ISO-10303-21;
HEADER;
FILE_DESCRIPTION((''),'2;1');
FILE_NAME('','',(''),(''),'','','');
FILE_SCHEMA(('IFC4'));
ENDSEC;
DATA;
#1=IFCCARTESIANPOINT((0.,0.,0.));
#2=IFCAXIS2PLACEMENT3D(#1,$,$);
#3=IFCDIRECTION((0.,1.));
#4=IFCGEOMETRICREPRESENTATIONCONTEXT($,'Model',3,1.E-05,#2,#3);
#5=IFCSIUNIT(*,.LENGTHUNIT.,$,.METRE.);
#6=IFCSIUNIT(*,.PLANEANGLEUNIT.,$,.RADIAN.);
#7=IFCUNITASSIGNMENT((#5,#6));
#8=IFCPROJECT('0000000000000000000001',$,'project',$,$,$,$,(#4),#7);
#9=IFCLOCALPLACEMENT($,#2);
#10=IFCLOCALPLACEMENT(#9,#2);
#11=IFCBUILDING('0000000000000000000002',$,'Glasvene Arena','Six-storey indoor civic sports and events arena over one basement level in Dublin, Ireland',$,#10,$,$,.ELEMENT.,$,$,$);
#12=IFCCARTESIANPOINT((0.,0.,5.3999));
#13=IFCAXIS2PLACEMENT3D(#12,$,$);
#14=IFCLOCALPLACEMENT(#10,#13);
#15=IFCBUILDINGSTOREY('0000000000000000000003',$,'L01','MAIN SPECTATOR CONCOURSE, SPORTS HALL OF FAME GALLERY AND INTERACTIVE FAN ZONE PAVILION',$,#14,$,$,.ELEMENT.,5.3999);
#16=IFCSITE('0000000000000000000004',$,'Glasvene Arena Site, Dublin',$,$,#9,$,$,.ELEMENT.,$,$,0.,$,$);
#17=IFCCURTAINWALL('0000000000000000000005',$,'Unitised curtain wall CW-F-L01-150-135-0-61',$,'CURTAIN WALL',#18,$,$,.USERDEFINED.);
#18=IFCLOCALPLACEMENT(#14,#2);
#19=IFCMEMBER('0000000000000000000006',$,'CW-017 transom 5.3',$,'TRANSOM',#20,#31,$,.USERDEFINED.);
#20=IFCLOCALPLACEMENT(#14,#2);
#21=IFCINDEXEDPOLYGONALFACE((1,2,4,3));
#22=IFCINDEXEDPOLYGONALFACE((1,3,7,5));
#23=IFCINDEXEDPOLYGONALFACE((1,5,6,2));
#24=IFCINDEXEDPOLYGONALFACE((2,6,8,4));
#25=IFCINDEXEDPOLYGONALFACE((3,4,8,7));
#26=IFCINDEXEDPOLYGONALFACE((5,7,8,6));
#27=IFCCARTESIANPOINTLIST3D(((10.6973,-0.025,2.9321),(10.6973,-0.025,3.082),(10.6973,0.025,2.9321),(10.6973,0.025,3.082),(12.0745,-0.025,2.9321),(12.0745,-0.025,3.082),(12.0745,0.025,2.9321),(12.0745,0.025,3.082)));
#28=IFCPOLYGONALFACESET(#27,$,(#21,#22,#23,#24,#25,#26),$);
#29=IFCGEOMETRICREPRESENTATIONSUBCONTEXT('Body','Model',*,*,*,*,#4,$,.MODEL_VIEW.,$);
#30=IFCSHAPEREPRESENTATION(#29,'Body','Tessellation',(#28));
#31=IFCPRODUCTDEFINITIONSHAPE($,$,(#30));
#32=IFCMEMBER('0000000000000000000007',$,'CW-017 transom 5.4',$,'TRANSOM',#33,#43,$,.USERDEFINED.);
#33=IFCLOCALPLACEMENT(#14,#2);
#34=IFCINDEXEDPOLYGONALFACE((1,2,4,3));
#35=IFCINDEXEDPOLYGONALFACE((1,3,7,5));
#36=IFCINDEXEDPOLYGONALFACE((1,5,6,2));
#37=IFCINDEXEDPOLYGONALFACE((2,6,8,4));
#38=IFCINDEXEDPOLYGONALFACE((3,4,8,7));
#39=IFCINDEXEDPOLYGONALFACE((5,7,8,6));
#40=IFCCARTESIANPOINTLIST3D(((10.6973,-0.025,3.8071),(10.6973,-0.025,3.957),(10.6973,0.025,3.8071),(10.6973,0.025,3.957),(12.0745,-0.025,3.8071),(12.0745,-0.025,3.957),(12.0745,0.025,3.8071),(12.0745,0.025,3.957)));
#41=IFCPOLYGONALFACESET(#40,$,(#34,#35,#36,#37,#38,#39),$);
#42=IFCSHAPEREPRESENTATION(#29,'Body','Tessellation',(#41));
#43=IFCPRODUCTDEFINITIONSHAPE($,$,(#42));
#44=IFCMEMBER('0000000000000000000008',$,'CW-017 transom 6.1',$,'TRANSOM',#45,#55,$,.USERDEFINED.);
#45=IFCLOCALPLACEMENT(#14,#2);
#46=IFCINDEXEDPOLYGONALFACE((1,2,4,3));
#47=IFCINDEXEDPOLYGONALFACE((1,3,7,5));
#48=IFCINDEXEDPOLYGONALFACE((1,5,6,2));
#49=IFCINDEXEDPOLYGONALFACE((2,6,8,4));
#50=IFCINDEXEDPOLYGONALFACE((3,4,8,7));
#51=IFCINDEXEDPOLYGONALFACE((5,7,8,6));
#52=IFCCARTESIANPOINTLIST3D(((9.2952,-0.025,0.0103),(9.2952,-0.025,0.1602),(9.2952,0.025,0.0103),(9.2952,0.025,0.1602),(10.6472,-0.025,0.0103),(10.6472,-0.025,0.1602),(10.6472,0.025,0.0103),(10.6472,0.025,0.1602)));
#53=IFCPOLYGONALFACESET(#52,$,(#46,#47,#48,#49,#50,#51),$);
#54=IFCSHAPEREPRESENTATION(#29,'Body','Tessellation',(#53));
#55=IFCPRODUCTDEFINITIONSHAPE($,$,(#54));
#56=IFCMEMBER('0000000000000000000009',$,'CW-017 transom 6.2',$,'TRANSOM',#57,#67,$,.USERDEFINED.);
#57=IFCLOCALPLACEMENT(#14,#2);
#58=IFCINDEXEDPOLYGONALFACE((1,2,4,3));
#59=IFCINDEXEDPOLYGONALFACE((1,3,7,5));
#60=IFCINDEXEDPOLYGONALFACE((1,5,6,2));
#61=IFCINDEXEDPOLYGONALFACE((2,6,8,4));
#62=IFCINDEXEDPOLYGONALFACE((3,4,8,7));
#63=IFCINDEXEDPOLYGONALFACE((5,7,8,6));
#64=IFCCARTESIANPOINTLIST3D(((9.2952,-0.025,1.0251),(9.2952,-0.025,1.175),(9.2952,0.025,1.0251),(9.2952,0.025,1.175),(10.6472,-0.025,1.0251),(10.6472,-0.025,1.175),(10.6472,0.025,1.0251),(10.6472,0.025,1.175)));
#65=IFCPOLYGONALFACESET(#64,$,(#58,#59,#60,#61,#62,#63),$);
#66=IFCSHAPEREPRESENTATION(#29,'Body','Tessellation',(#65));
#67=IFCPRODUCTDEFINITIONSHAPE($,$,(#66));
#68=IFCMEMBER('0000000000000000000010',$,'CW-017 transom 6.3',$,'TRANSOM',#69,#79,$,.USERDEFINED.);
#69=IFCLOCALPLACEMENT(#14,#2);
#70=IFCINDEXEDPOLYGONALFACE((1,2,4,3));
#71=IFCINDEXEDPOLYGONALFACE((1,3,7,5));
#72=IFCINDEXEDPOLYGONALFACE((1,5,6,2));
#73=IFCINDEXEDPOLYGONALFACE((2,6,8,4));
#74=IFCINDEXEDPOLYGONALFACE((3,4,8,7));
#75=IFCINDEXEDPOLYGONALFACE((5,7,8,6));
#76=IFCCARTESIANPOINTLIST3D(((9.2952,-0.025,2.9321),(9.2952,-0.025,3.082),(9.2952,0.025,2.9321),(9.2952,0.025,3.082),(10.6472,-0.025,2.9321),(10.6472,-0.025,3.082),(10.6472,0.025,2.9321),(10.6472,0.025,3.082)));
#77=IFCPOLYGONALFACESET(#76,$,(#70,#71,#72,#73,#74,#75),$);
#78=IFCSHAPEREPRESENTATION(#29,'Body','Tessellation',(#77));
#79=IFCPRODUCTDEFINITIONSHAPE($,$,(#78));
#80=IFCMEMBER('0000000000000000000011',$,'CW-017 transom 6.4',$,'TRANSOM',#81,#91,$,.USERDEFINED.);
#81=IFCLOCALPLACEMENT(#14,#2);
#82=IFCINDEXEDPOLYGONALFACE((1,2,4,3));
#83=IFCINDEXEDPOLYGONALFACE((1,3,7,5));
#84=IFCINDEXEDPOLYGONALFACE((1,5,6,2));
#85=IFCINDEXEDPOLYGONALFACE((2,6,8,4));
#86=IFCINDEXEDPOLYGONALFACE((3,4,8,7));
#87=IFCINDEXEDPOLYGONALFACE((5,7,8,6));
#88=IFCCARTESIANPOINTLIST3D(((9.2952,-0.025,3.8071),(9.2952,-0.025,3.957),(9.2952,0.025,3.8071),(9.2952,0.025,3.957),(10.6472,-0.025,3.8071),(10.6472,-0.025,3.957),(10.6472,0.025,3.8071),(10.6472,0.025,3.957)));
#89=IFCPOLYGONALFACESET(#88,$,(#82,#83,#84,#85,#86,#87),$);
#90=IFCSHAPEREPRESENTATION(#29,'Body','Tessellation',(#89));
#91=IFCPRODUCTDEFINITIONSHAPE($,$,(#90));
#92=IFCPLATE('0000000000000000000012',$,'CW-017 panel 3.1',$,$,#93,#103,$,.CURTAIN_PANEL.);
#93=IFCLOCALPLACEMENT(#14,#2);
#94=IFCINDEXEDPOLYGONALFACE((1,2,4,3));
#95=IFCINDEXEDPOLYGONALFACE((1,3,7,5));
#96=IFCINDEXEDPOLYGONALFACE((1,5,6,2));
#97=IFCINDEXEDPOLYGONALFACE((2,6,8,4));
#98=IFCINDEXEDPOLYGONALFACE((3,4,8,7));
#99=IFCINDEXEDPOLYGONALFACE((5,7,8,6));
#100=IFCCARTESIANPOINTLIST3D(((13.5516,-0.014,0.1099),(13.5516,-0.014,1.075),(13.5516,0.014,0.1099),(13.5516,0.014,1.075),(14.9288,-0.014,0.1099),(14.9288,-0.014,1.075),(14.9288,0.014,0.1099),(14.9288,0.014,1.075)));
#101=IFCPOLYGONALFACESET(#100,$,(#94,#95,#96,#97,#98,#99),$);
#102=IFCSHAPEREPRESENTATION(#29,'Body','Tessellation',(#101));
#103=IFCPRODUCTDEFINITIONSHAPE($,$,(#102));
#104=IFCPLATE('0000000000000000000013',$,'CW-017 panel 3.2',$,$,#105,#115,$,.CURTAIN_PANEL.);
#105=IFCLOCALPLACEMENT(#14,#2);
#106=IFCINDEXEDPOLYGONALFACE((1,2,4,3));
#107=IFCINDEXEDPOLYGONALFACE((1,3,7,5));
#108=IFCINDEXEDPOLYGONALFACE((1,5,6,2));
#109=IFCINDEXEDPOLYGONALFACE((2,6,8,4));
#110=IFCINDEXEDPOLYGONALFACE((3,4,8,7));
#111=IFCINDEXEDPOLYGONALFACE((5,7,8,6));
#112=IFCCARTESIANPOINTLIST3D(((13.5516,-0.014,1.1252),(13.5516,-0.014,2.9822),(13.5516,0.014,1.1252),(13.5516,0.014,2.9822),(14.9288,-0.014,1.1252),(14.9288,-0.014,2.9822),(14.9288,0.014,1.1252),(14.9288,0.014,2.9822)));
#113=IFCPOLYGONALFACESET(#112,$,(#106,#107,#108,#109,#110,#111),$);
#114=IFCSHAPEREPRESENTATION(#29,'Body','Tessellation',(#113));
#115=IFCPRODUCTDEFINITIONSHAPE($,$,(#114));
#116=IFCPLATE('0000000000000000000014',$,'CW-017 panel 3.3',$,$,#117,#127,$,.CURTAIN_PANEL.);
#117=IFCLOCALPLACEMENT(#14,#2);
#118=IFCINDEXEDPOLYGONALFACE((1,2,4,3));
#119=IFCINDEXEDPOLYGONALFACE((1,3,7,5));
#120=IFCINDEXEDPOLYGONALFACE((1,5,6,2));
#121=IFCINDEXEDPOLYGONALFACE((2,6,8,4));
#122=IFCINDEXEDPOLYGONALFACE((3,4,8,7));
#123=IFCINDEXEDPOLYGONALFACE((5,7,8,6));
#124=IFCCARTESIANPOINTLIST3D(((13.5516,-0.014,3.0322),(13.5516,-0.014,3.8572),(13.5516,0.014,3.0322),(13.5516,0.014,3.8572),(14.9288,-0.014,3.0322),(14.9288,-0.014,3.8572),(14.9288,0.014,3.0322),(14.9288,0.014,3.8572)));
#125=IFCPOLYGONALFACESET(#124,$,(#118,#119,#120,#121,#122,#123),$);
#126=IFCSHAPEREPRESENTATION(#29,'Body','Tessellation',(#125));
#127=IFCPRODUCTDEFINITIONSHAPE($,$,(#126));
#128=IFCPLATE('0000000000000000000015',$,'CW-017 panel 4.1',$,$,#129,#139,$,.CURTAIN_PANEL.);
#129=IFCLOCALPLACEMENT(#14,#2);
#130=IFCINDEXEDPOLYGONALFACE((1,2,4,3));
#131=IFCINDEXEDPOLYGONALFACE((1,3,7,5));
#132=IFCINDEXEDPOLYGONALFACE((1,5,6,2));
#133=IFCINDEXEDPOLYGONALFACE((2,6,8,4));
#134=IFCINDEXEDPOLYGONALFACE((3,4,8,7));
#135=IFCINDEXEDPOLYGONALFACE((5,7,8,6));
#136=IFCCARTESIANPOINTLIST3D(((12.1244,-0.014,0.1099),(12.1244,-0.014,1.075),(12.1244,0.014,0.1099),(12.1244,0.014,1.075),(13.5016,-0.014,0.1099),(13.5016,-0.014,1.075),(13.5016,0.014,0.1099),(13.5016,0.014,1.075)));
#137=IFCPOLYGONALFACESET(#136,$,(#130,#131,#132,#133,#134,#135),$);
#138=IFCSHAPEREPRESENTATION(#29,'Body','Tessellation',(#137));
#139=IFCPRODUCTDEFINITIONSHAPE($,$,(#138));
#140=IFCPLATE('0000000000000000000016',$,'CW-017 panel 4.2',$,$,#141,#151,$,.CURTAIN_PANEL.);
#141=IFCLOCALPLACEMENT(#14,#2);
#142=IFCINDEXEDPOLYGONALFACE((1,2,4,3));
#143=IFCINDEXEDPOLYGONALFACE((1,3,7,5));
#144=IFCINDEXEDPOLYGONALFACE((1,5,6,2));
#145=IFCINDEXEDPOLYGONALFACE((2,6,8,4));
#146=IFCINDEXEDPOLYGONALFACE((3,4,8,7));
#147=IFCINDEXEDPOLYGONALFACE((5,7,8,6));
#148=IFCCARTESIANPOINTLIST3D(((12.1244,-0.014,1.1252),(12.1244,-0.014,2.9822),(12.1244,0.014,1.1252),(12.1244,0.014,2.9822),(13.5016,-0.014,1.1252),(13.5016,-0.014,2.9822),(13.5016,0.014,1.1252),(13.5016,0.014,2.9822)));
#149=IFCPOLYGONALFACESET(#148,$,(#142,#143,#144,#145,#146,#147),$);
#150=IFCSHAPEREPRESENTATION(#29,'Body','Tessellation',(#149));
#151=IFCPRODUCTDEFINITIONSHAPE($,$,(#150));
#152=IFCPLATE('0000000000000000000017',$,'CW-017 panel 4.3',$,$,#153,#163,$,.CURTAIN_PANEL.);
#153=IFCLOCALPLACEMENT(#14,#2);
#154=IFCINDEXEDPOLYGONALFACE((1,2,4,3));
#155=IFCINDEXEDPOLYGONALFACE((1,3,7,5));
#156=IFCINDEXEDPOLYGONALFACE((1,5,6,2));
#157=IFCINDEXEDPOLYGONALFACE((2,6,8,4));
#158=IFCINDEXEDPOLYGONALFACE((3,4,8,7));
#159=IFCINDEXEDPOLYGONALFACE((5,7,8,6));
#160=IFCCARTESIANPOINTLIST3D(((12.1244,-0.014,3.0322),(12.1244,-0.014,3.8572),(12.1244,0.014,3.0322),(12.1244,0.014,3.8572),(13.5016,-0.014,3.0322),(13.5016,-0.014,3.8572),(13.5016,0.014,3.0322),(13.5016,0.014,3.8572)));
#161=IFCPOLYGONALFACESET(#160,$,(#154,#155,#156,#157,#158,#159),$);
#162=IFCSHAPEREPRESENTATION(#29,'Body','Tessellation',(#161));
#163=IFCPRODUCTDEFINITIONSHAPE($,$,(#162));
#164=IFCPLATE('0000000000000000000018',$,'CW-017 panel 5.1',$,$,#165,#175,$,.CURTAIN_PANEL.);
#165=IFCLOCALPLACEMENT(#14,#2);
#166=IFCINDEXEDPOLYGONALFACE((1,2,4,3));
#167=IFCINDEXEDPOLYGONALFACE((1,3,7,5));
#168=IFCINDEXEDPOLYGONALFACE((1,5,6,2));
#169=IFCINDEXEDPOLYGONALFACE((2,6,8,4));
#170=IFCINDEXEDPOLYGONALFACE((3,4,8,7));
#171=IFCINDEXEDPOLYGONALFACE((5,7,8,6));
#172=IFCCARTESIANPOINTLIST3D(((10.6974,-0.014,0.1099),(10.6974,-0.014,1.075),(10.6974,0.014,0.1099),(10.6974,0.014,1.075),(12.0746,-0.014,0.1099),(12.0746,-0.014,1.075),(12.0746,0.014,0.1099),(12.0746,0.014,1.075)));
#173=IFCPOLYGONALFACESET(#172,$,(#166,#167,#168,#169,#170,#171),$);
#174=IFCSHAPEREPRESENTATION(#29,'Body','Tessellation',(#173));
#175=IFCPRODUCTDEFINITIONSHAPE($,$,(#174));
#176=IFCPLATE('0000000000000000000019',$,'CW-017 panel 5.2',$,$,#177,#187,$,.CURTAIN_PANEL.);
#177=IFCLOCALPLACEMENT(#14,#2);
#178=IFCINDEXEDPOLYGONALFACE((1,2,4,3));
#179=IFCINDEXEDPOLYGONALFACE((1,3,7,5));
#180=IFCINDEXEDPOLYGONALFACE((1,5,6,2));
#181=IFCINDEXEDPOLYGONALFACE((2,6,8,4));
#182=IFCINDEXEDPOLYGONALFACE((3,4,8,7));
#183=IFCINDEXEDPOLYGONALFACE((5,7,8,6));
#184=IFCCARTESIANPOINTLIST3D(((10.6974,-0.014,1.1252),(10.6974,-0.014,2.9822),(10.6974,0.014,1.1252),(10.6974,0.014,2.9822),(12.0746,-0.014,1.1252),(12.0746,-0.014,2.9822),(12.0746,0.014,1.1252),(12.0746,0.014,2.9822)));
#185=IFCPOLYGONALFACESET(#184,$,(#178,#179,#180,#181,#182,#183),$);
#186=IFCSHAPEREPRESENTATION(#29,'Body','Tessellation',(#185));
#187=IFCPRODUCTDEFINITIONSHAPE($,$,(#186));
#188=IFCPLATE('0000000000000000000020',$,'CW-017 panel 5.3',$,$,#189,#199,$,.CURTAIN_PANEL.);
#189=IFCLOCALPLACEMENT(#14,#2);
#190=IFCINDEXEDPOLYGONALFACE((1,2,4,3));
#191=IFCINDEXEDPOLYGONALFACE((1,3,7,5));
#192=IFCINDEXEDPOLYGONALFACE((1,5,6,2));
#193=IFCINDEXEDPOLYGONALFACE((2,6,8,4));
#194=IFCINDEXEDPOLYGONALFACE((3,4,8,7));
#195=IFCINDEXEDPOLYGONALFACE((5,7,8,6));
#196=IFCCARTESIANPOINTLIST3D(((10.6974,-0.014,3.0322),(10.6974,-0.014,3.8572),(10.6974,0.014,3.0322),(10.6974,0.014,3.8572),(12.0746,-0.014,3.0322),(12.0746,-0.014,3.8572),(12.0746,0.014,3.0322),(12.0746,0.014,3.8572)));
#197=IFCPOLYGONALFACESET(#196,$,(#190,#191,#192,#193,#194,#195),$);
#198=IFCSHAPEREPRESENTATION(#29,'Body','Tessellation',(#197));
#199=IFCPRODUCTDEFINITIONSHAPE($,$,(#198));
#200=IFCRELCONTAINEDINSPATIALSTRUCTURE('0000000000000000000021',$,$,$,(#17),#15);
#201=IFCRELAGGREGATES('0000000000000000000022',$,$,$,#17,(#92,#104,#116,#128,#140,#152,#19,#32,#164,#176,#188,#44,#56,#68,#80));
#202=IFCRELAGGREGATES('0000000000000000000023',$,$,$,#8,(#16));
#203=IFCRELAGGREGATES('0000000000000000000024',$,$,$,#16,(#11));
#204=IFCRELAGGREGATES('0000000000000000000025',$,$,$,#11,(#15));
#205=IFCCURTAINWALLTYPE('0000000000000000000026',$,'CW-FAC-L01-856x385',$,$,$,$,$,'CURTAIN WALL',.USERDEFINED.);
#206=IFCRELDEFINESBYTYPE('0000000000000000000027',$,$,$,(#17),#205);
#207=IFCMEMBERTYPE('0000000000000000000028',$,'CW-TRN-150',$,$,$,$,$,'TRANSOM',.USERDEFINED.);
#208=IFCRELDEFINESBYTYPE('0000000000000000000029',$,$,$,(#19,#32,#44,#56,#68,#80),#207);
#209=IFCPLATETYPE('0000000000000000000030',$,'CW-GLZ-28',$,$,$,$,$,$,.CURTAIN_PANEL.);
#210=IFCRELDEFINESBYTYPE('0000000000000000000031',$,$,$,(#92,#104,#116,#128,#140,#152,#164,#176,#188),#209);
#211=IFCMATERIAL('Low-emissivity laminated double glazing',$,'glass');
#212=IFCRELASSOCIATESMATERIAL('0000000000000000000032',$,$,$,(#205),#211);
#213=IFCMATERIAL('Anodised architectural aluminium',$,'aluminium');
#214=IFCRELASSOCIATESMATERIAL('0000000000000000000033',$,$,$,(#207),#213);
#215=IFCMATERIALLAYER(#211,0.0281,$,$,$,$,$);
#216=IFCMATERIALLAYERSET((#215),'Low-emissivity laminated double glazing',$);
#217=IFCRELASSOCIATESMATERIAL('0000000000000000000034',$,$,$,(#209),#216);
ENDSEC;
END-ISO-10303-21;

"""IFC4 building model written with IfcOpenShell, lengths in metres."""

from ifc_helpers import new_model, si_unit, direction, frame, origin, origin_2d, place, context, subcontext, project, spatial, rectangle, extrude, material, layer, layer_set, material_profile, profile_set, type_object, element, aggregate, save


model = new_model("IFC4")

# Units and contexts
model_context = context("Model", 3, precision=1e-05, world=origin(), true_north=direction((0.0, 1.0)))
body_context = subcontext(model_context, "Body", "Model", "MODEL_VIEW")
ifc_project = project(units=[si_unit("LENGTHUNIT", "METRE"), si_unit("PLANEANGLEUNIT", "RADIAN")], contexts=[model_context])

# Site, building, storey
site_placement = place(None, origin())
site = spatial("IfcSite", under=ifc_project, at=site_placement, Name="Glasvene Arena Site, Dublin", CompositionType="ELEMENT", RefElevation=0.0)
building_placement = place(site_placement, origin())
building = spatial("IfcBuilding", under=site, at=building_placement, Name="Glasvene Arena", Description="Six-storey indoor civic sports and events arena over one basement level in Dublin, Ireland", CompositionType="ELEMENT")
storey_placement = place(building_placement, frame((0.0, 0.0, 5.3999)))
storey = spatial("IfcBuildingStorey", under=building, at=storey_placement, Name="L01", Description="MAIN SPECTATOR CONCOURSE, SPORTS HALL OF FAME GALLERY AND INTERACTIVE FAN ZONE PAVILION", CompositionType="ELEMENT", Elevation=5.3999)

# Curtain wall, members, plates
ifc_material_1 = material(Name="Low-emissivity laminated double glazing", Category="glass")
curtain_wall_type = type_object("IfcCurtainWallType", Name="CW-FAC-L01-856x385", ElementType="CURTAIN WALL", PredefinedType="USERDEFINED", material=ifc_material_1)
curtain_wall_placement = place(storey_placement, frame((17.8081, 0.0, 0.0)))
curtain_wall = element("IfcCurtainWall", 1, at=curtain_wall_placement, inside=storey, type_object=curtain_wall_type, Name="Unitised curtain wall CW-F-L01-150-135-0-61", ObjectType="CURTAIN WALL", PredefinedType="USERDEFINED")
ifc_material_2 = material(Name="Anodised architectural aluminium", Category="aluminium")
ifc_material_profile_1 = material_profile(ifc_material_2, rectangle(XDim=0.05, YDim=0.1499, at=origin_2d()), Name="ALU TRANSOM 50x150")
ifc_profile_set_1 = profile_set([ifc_material_profile_1], Name="Anodised architectural aluminium")
member_type_1 = type_object("IfcMemberType", Name="CW-TRN-150", ElementType="TRANSOM", PredefinedType="USERDEFINED", material=ifc_profile_set_1)
member_1_placement = place(storey_placement, frame((12.0745, 0.0, 3.0071), z_axis=(-1.0, 0.0, 0.0), x_axis=(0.0, -1.0, 0.0)))
member_1 = element("IfcMember", 2, at=member_1_placement, type_object=member_type_1, Name="CW-017 transom 5.3", ObjectType="TRANSOM", PredefinedType="USERDEFINED", context=body_context, shape_type="SweptSolid", body=[
    extrude(rectangle(XDim=0.05, YDim=0.1499, at=origin_2d()), origin(), (0.0, 0.0, 1.0), 1.3772),
])
member_2_placement = place(storey_placement, frame((12.0745, 0.0, 3.8821), z_axis=(-1.0, 0.0, 0.0), x_axis=(0.0, -1.0, 0.0)))
member_2 = element("IfcMember", 3, at=member_2_placement, type_object=member_type_1, Name="CW-017 transom 5.4", ObjectType="TRANSOM", PredefinedType="USERDEFINED", context=body_context, shape_type="SweptSolid", body=[
    extrude(rectangle(XDim=0.05, YDim=0.1499, at=origin_2d()), origin(), (0.0, 0.0, 1.0), 1.3772),
])
member_3_placement = place(storey_placement, frame((10.6472, 0.0, 0.0852), z_axis=(-1.0, 0.0, 0.0), x_axis=(0.0, -1.0, 0.0)))
member_3 = element("IfcMember", 4, at=member_3_placement, type_object=member_type_1, Name="CW-017 transom 6.1", ObjectType="TRANSOM", PredefinedType="USERDEFINED", context=body_context, shape_type="SweptSolid", body=[
    extrude(rectangle(XDim=0.05, YDim=0.1499, at=origin_2d()), origin(), (0.0, 0.0, 1.0), 1.3521),
])
member_4_placement = place(storey_placement, frame((10.6472, 0.0, 1.1001), z_axis=(-1.0, 0.0, 0.0), x_axis=(0.0, -1.0, 0.0)))
member_4 = element("IfcMember", 5, at=member_4_placement, type_object=member_type_1, Name="CW-017 transom 6.2", ObjectType="TRANSOM", PredefinedType="USERDEFINED", context=body_context, shape_type="SweptSolid", body=[
    extrude(rectangle(XDim=0.05, YDim=0.1499, at=origin_2d()), origin(), (0.0, 0.0, 1.0), 1.3521),
])
member_5_placement = place(storey_placement, frame((10.6472, 0.0, 3.0071), z_axis=(-1.0, 0.0, 0.0), x_axis=(0.0, -1.0, 0.0)))
member_5 = element("IfcMember", 6, at=member_5_placement, type_object=member_type_1, Name="CW-017 transom 6.3", ObjectType="TRANSOM", PredefinedType="USERDEFINED", context=body_context, shape_type="SweptSolid", body=[
    extrude(rectangle(XDim=0.05, YDim=0.1499, at=origin_2d()), origin(), (0.0, 0.0, 1.0), 1.3521),
])
member_6_placement = place(storey_placement, frame((10.6472, 0.0, 3.8821), z_axis=(-1.0, 0.0, 0.0), x_axis=(0.0, -1.0, 0.0)))
member_6 = element("IfcMember", 7, at=member_6_placement, type_object=member_type_1, Name="CW-017 transom 6.4", ObjectType="TRANSOM", PredefinedType="USERDEFINED", context=body_context, shape_type="SweptSolid", body=[
    extrude(rectangle(XDim=0.05, YDim=0.1499, at=origin_2d()), origin(), (0.0, 0.0, 1.0), 1.3521),
])
ifc_layer = layer(ifc_material_1, 0.0281)
ifc_layer_set = layer_set([ifc_layer], Name="Low-emissivity laminated double glazing")
plate_type = type_object("IfcPlateType", Name="CW-GLZ-28", PredefinedType="CURTAIN_PANEL", material=ifc_layer_set)
plate_1_placement = place(storey_placement, frame((14.2402, 0.0, 0.1099), z_axis=(0.0, 0.0, 1.0), x_axis=(-1.0, 0.0, 0.0)))
plate_1 = element("IfcPlate", 8, at=plate_1_placement, type_object=plate_type, Name="CW-017 panel 3.1", PredefinedType="CURTAIN_PANEL", context=body_context, shape_type="SweptSolid", body=[
    extrude(rectangle(XDim=1.3772, YDim=0.0281, at=origin_2d()), origin(), (0.0, 0.0, 1.0), 0.9651),
])
plate_2_placement = place(storey_placement, frame((14.2402, 0.0, 1.1252), z_axis=(0.0, 0.0, 1.0), x_axis=(-1.0, 0.0, 0.0)))
plate_2 = element("IfcPlate", 9, at=plate_2_placement, type_object=plate_type, Name="CW-017 panel 3.2", PredefinedType="CURTAIN_PANEL", context=body_context, shape_type="SweptSolid", body=[
    extrude(rectangle(XDim=1.3772, YDim=0.0281, at=origin_2d()), origin(), (0.0, 0.0, 1.0), 1.8569),
])
plate_3_placement = place(storey_placement, frame((14.2402, 0.0, 3.0322), z_axis=(0.0, 0.0, 1.0), x_axis=(-1.0, 0.0, 0.0)))
plate_3 = element("IfcPlate", 10, at=plate_3_placement, type_object=plate_type, Name="CW-017 panel 3.3", PredefinedType="CURTAIN_PANEL", context=body_context, shape_type="SweptSolid", body=[
    extrude(rectangle(XDim=1.3772, YDim=0.0281, at=origin_2d()), origin(), (0.0, 0.0, 1.0), 0.825),
])
plate_4_placement = place(storey_placement, frame((12.813, 0.0, 0.1099), z_axis=(0.0, 0.0, 1.0), x_axis=(-1.0, 0.0, 0.0)))
plate_4 = element("IfcPlate", 11, at=plate_4_placement, type_object=plate_type, Name="CW-017 panel 4.1", PredefinedType="CURTAIN_PANEL", context=body_context, shape_type="SweptSolid", body=[
    extrude(rectangle(XDim=1.3772, YDim=0.0281, at=origin_2d()), origin(), (0.0, 0.0, 1.0), 0.9651),
])
plate_5_placement = place(storey_placement, frame((12.813, 0.0, 1.1252), z_axis=(0.0, 0.0, 1.0), x_axis=(-1.0, 0.0, 0.0)))
plate_5 = element("IfcPlate", 12, at=plate_5_placement, type_object=plate_type, Name="CW-017 panel 4.2", PredefinedType="CURTAIN_PANEL", context=body_context, shape_type="SweptSolid", body=[
    extrude(rectangle(XDim=1.3772, YDim=0.0281, at=origin_2d()), origin(), (0.0, 0.0, 1.0), 1.8569),
])
plate_6_placement = place(storey_placement, frame((12.813, 0.0, 3.0322), z_axis=(0.0, 0.0, 1.0), x_axis=(-1.0, 0.0, 0.0)))
plate_6 = element("IfcPlate", 13, at=plate_6_placement, type_object=plate_type, Name="CW-017 panel 4.3", PredefinedType="CURTAIN_PANEL", context=body_context, shape_type="SweptSolid", body=[
    extrude(rectangle(XDim=1.3772, YDim=0.0281, at=origin_2d()), origin(), (0.0, 0.0, 1.0), 0.825),
])
plate_7_placement = place(storey_placement, frame((11.386, 0.0, 0.1099), z_axis=(0.0, 0.0, 1.0), x_axis=(-1.0, 0.0, 0.0)))
plate_7 = element("IfcPlate", 14, at=plate_7_placement, type_object=plate_type, Name="CW-017 panel 5.1", PredefinedType="CURTAIN_PANEL", context=body_context, shape_type="SweptSolid", body=[
    extrude(rectangle(XDim=1.3772, YDim=0.0281, at=origin_2d()), origin(), (0.0, 0.0, 1.0), 0.9651),
])
plate_8_placement = place(storey_placement, frame((11.386, 0.0, 1.1252), z_axis=(0.0, 0.0, 1.0), x_axis=(-1.0, 0.0, 0.0)))
plate_8 = element("IfcPlate", 15, at=plate_8_placement, type_object=plate_type, Name="CW-017 panel 5.2", PredefinedType="CURTAIN_PANEL", context=body_context, shape_type="SweptSolid", body=[
    extrude(rectangle(XDim=1.3772, YDim=0.0281, at=origin_2d()), origin(), (0.0, 0.0, 1.0), 1.8569),
])
plate_9_placement = place(storey_placement, frame((11.386, 0.0, 3.0322), z_axis=(0.0, 0.0, 1.0), x_axis=(-1.0, 0.0, 0.0)))
plate_9 = element("IfcPlate", 16, at=plate_9_placement, type_object=plate_type, Name="CW-017 panel 5.3", PredefinedType="CURTAIN_PANEL", context=body_context, shape_type="SweptSolid", body=[
    extrude(rectangle(XDim=1.3772, YDim=0.0281, at=origin_2d()), origin(), (0.0, 0.0, 1.0), 0.825),
])
aggregate(curtain_wall, [plate_1, plate_2, plate_3, plate_4, plate_5, plate_6, member_1, member_2, plate_7, plate_8, plate_9, member_3, member_4, member_5, member_6])

save(model, "model.ifc")
